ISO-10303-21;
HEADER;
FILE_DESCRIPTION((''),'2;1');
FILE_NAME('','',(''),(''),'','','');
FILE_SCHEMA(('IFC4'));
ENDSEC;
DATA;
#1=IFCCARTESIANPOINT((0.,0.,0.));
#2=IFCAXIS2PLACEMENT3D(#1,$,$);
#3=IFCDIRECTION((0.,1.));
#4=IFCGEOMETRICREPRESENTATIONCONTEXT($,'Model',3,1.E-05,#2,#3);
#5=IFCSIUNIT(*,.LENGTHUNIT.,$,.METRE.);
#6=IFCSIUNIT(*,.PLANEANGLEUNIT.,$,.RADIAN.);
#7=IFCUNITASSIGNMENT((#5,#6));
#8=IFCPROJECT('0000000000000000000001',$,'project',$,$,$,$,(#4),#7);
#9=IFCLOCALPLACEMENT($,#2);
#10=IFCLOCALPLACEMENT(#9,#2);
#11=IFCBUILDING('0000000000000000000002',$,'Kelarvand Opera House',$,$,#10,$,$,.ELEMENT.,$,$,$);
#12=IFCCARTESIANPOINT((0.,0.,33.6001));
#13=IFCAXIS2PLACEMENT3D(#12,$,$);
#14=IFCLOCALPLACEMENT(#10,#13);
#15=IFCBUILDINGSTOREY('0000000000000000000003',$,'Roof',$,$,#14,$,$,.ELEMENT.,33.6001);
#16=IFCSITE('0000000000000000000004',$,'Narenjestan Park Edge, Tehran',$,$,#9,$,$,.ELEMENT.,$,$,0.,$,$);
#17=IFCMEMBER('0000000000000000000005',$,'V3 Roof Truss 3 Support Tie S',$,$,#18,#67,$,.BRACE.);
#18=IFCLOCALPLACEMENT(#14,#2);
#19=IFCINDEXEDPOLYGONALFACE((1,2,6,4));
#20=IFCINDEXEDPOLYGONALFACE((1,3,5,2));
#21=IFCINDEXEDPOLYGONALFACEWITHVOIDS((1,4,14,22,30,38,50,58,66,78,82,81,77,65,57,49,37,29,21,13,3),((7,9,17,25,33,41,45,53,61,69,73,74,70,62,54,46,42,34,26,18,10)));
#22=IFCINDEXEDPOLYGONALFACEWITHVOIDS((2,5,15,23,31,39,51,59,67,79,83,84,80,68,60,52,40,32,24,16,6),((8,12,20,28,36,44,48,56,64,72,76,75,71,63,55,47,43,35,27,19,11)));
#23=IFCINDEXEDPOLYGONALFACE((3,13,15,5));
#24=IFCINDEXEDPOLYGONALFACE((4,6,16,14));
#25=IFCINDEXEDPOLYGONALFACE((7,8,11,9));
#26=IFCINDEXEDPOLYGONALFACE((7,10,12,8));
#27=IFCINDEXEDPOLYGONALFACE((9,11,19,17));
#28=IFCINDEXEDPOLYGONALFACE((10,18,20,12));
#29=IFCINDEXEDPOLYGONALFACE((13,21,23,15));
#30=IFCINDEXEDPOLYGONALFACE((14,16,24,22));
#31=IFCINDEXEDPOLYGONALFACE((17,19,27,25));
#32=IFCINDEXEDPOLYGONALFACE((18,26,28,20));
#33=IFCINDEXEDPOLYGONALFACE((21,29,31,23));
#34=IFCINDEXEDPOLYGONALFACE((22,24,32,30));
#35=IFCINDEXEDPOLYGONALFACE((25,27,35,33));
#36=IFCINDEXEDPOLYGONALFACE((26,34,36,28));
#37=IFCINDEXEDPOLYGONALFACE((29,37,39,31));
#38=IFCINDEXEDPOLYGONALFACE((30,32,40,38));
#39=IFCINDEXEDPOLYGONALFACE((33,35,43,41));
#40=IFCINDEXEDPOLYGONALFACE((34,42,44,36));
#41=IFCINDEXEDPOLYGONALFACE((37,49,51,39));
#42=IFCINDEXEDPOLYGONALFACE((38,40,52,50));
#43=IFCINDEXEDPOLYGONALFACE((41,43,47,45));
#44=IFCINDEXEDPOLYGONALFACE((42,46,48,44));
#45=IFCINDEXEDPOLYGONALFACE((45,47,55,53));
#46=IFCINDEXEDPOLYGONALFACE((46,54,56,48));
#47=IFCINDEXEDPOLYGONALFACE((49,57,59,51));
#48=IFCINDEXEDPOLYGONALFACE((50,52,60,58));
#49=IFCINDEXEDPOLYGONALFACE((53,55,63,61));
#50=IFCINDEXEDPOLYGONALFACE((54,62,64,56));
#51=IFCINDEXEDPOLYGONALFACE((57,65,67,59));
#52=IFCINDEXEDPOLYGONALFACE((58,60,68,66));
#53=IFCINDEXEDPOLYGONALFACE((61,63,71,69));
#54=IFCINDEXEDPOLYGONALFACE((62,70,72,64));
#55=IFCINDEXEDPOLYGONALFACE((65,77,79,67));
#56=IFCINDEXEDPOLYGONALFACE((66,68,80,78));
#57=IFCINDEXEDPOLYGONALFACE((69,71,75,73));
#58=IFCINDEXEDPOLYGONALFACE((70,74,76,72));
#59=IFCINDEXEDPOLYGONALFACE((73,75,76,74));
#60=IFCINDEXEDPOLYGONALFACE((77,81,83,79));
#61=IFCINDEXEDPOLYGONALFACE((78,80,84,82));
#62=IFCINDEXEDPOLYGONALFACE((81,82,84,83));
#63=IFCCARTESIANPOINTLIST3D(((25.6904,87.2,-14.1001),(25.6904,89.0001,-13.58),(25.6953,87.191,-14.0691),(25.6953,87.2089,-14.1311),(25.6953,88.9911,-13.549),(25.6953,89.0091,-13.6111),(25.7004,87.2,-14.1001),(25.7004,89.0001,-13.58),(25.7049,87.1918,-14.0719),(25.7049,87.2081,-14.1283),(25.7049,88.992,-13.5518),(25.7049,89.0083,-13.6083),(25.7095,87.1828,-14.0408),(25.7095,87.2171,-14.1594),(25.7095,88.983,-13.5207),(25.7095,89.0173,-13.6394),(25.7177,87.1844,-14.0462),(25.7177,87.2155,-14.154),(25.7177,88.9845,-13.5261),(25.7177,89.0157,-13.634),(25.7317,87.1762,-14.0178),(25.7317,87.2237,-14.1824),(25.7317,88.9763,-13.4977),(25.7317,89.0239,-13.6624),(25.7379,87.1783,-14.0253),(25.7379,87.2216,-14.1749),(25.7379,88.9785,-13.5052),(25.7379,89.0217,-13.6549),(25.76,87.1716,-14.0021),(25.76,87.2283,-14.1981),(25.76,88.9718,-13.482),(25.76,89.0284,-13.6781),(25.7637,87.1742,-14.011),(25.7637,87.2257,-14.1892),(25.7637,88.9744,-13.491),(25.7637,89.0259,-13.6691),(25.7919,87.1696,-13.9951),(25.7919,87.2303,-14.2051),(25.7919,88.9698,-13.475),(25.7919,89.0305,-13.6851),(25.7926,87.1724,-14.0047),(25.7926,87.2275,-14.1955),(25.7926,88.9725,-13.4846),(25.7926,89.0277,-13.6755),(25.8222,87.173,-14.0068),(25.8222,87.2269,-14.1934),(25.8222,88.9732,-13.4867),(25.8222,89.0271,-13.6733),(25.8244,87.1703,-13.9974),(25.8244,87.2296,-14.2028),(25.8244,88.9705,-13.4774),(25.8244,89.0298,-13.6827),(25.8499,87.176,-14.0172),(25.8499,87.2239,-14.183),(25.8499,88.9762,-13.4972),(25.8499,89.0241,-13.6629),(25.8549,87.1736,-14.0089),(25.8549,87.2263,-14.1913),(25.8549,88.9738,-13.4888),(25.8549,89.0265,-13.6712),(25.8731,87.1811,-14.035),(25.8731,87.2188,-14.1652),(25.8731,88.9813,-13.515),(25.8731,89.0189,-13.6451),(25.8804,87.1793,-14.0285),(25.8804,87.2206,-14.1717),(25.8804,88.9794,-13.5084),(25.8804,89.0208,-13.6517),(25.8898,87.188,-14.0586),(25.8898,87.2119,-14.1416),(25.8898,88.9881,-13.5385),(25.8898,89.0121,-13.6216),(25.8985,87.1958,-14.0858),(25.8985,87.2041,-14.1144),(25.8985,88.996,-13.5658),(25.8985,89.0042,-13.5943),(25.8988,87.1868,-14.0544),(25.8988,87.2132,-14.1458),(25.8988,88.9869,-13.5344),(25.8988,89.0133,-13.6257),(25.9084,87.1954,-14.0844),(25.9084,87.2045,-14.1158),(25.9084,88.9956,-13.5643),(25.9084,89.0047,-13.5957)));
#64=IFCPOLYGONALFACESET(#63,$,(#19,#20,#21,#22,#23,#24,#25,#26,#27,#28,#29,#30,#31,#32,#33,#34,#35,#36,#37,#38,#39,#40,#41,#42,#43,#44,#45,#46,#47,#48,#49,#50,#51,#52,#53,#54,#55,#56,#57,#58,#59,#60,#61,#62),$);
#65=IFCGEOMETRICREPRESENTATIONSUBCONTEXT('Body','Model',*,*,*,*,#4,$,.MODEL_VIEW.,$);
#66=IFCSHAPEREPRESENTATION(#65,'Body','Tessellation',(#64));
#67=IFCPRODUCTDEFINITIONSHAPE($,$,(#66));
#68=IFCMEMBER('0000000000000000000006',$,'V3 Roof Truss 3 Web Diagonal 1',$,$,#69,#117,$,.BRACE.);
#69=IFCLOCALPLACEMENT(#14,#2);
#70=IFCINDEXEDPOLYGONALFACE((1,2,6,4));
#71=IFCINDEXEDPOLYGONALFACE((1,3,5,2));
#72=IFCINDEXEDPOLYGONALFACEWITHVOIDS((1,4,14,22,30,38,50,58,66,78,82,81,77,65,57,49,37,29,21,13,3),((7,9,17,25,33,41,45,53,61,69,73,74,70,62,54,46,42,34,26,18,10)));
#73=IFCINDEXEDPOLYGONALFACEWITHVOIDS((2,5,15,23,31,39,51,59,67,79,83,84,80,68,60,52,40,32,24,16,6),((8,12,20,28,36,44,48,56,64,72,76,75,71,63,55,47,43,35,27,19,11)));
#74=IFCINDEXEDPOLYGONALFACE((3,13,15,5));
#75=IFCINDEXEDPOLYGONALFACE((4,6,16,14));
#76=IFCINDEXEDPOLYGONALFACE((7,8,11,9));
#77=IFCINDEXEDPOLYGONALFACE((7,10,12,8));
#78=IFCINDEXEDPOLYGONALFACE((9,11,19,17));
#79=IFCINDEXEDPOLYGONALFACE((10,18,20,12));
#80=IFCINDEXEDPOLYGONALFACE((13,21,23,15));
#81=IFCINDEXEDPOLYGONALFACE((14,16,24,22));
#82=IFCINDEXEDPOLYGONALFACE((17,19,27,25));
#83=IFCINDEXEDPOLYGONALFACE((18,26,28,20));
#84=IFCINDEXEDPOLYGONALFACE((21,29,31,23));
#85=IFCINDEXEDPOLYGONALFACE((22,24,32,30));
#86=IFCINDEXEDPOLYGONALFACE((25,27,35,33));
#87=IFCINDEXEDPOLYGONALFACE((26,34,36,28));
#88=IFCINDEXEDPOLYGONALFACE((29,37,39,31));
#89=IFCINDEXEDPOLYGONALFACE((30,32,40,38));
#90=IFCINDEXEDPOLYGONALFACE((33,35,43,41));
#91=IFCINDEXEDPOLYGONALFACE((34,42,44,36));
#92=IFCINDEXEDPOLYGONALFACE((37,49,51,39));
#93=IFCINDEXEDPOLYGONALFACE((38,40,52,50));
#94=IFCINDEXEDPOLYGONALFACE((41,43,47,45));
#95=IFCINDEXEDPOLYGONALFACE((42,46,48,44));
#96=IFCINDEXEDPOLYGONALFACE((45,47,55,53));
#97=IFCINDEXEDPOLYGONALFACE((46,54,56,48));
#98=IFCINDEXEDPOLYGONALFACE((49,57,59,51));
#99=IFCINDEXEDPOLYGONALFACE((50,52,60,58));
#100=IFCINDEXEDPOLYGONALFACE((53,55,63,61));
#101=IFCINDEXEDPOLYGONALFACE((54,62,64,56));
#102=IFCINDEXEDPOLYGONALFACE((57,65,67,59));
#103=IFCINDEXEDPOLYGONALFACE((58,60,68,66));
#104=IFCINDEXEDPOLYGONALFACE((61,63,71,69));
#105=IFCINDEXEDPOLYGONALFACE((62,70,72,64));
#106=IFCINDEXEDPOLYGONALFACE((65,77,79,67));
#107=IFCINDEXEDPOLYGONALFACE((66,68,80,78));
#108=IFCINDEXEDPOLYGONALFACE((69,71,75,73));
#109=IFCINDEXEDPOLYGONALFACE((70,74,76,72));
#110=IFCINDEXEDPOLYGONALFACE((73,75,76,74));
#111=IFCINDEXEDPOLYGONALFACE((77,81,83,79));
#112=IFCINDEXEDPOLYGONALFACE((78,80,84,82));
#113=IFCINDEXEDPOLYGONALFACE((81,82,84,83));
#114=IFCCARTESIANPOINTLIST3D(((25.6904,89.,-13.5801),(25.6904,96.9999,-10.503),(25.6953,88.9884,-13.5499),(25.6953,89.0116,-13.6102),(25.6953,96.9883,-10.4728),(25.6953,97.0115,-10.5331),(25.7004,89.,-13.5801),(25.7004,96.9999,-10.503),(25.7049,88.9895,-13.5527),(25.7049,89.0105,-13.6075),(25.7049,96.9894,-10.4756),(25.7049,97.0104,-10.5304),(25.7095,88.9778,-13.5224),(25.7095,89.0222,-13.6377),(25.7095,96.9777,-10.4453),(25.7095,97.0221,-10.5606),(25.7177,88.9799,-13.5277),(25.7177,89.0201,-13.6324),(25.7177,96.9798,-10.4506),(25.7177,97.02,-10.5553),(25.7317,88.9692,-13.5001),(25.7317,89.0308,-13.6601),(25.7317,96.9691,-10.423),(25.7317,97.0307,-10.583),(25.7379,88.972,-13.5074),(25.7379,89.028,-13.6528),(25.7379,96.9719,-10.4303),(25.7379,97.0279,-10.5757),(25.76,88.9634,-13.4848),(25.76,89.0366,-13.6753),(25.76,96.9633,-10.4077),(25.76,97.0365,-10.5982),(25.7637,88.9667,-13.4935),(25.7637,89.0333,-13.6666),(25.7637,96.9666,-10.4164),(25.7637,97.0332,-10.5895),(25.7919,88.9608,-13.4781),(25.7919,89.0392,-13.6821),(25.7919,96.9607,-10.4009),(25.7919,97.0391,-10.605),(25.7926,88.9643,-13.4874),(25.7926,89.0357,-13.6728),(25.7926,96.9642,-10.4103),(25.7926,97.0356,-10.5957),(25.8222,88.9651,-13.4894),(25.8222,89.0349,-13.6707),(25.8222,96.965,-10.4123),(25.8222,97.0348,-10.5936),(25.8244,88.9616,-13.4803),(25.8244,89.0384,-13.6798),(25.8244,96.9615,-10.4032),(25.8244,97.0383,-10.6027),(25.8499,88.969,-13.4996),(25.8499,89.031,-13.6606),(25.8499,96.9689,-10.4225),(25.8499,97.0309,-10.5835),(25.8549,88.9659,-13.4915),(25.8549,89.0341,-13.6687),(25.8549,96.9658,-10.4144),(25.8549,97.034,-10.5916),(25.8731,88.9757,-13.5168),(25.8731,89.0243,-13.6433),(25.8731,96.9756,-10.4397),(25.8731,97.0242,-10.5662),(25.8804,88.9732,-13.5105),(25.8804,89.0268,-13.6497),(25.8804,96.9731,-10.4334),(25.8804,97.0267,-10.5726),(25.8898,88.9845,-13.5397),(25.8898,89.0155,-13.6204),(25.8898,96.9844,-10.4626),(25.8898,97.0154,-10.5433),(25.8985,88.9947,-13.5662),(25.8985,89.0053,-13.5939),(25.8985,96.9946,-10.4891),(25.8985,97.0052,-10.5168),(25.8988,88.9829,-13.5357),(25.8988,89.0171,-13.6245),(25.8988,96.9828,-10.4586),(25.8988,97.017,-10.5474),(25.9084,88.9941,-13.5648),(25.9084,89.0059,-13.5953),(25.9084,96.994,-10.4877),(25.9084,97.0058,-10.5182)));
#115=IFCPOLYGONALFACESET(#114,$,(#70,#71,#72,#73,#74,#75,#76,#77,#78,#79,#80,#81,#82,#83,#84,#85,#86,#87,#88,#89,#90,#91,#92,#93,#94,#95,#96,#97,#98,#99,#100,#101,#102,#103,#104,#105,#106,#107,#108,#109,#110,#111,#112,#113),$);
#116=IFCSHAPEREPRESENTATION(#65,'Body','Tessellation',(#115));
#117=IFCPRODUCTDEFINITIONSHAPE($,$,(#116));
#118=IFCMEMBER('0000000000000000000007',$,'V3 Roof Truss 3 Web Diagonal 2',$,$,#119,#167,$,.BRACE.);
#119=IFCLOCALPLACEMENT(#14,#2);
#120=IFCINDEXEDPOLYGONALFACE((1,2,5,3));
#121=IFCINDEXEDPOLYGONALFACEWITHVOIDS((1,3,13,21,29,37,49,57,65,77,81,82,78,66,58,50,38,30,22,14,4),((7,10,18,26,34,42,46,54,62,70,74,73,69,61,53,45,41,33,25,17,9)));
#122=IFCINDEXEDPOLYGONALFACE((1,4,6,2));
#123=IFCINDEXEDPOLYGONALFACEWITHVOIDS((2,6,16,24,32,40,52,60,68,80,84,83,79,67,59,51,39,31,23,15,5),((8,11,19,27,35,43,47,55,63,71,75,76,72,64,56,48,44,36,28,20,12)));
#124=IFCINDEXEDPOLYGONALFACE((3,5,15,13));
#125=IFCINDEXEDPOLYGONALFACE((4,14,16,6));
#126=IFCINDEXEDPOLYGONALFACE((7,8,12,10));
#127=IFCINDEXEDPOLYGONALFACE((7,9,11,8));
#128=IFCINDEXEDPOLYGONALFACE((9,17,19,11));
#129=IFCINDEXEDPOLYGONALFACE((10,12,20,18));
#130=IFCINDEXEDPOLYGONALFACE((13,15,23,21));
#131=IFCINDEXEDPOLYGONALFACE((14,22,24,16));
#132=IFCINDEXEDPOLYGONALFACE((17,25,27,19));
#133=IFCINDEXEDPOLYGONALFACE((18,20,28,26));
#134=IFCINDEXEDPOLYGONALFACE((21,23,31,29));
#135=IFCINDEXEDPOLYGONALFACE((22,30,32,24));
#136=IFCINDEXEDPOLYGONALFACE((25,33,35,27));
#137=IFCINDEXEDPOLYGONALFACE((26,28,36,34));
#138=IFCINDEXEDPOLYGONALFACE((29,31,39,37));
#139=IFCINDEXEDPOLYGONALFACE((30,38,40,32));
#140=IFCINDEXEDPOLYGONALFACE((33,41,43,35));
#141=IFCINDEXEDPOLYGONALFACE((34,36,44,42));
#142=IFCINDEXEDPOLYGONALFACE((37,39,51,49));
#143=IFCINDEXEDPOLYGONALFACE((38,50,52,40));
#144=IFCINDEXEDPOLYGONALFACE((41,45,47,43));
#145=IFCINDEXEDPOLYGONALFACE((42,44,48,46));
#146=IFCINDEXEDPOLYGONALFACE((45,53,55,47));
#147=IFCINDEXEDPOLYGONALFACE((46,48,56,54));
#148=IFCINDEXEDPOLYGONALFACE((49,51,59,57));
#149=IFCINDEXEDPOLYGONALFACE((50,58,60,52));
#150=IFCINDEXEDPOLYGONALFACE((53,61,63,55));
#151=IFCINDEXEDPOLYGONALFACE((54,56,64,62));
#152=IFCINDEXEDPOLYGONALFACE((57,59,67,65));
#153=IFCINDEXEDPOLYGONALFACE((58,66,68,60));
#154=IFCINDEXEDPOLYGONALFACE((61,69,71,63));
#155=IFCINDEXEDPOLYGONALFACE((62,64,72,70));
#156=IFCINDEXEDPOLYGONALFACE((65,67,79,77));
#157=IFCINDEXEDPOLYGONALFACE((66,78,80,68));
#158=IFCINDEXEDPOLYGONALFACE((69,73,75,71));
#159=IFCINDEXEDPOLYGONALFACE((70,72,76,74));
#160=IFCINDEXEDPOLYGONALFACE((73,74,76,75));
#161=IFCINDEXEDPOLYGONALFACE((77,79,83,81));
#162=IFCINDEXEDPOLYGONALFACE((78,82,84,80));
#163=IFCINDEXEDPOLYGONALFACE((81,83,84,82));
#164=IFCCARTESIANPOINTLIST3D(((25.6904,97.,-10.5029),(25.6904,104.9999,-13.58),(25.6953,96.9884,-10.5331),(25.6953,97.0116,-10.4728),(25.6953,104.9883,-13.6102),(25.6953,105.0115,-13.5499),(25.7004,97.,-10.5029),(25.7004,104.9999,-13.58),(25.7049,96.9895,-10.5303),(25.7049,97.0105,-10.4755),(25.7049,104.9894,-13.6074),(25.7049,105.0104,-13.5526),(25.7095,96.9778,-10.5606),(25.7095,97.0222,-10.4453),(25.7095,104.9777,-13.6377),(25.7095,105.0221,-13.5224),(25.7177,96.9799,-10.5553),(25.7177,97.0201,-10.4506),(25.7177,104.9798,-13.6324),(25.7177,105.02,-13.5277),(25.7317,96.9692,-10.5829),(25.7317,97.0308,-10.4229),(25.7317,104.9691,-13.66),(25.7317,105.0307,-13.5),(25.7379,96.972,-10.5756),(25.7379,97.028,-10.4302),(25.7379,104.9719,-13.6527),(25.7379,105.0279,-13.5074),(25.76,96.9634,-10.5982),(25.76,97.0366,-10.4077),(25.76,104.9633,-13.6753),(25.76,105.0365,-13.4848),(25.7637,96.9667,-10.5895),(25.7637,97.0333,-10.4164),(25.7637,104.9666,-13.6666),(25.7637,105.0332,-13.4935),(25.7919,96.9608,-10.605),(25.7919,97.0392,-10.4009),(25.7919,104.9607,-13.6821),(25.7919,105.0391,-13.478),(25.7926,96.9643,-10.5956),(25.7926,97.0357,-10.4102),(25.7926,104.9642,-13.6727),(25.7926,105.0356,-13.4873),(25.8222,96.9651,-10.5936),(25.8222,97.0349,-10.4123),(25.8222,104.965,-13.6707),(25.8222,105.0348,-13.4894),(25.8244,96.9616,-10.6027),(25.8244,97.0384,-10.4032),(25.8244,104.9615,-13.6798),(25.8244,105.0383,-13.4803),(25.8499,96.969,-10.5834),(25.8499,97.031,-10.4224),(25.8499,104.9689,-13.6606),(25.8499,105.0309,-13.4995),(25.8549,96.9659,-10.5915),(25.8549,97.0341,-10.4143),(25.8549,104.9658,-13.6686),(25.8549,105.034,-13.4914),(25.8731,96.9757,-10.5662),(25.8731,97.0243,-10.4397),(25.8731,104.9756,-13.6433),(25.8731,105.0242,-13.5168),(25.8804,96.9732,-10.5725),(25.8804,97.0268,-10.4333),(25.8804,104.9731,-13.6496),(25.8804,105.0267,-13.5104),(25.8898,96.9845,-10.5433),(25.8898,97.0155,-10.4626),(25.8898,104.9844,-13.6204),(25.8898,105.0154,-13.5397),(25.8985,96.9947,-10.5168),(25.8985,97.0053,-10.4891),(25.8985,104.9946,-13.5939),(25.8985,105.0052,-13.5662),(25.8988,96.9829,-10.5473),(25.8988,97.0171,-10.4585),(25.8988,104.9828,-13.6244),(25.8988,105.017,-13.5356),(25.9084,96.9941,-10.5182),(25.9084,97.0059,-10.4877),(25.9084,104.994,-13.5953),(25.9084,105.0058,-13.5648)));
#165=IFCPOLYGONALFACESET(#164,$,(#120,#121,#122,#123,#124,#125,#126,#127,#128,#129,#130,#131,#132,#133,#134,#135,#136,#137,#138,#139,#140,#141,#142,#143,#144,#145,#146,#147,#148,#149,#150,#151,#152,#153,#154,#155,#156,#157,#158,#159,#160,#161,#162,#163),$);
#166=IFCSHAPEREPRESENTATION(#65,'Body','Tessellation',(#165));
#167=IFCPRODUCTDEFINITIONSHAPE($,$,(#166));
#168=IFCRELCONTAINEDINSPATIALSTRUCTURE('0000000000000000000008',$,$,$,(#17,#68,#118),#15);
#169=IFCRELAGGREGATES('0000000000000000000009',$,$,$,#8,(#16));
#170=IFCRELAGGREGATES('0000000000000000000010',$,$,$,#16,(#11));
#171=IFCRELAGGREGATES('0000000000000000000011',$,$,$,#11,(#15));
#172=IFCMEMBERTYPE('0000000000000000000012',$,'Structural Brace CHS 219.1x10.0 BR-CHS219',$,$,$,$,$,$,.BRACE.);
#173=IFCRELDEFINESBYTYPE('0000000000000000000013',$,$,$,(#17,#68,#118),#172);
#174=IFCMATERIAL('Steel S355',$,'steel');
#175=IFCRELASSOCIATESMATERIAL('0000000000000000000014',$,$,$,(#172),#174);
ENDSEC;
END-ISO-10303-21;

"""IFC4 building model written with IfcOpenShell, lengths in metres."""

from ifc_helpers import new_model, si_unit, direction, frame, origin, origin_2d, place, context, subcontext, project, spatial, hollow_circle, extrude, material, material_profile, profile_set, type_object, element, save


model = new_model("IFC4")

# Units and contexts
model_context = context("Model", 3, precision=1e-05, world=origin(), true_north=direction((0.0, 1.0)))
body_context = subcontext(model_context, "Body", "Model", "MODEL_VIEW")
ifc_project = project(units=[si_unit("LENGTHUNIT", "METRE"), si_unit("PLANEANGLEUNIT", "RADIAN")], contexts=[model_context])

# Site, building, storey
site_placement = place(None, origin())
site = spatial("IfcSite", under=ifc_project, at=site_placement, Name="Narenjestan Park Edge, Tehran", CompositionType="ELEMENT", RefElevation=0.0)
building_placement = place(site_placement, origin())
building = spatial("IfcBuilding", under=site, at=building_placement, Name="Kelarvand Opera House", CompositionType="ELEMENT")
storey_placement = place(building_placement, frame((0.0, 0.0, 33.6001)))
storey = spatial("IfcBuildingStorey", under=building, at=storey_placement, Name="Roof", CompositionType="ELEMENT", Elevation=33.6001)

# Members
ifc_material = material(Name="Steel S355", Category="steel")
ifc_material_profile_1 = material_profile(ifc_material, hollow_circle(Radius=0.1096, WallThickness=0.01, at=origin_2d()), Name="CHS 219.1x10.0", Category="steel")
ifc_profile_set_1 = profile_set([ifc_material_profile_1], Name="Steel S355")
member_type_1 = type_object("IfcMemberType", Name="Structural Brace CHS 219.1x10.0 BR-CHS219", PredefinedType="BRACE", material=ifc_profile_set_1)
member_1_placement = place(storey_placement, frame((25.8, 87.2, -14.1001), z_axis=(0.0, 0.960713, 0.277542), x_axis=(-1.0, 0.0, 0.0)))
element("IfcMember", 1, at=member_1_placement, inside=storey, type_object=member_type_1, Name="V3 Roof Truss 3 Support Tie S", PredefinedType="BRACE", context=body_context, shape_type="SweptSolid", body=[
    extrude(hollow_circle(Radius=0.1096, WallThickness=0.01, at=origin_2d()), origin(), (0.0, 0.0, 1.0), 1.8738),
])
for number, where, z_axis, x_axis, name in (
    (2, (25.8, 89.0, -13.5801), (0.0, 0.933337, 0.359002), (-1.0, 0.0, 0.0), "V3 Roof Truss 3 Web Diagonal 1"),
    (3, (25.8, 97.0, -10.5029), (0.0, 0.933337, -0.359002), (-1.0, 0.0, 0.0), "V3 Roof Truss 3 Web Diagonal 2"),
):
    element("IfcMember", number, at=place(storey_placement, frame(where, z_axis=z_axis, x_axis=x_axis)), inside=storey, type_object=member_type_1, Name=name, PredefinedType="BRACE", context=body_context, shape_type="SweptSolid", body=[
        extrude(hollow_circle(Radius=0.1096, WallThickness=0.01, at=origin_2d()), origin(), (0.0, 0.0, 1.0), 8.5713),
    ])

save(model, "model.ifc")
